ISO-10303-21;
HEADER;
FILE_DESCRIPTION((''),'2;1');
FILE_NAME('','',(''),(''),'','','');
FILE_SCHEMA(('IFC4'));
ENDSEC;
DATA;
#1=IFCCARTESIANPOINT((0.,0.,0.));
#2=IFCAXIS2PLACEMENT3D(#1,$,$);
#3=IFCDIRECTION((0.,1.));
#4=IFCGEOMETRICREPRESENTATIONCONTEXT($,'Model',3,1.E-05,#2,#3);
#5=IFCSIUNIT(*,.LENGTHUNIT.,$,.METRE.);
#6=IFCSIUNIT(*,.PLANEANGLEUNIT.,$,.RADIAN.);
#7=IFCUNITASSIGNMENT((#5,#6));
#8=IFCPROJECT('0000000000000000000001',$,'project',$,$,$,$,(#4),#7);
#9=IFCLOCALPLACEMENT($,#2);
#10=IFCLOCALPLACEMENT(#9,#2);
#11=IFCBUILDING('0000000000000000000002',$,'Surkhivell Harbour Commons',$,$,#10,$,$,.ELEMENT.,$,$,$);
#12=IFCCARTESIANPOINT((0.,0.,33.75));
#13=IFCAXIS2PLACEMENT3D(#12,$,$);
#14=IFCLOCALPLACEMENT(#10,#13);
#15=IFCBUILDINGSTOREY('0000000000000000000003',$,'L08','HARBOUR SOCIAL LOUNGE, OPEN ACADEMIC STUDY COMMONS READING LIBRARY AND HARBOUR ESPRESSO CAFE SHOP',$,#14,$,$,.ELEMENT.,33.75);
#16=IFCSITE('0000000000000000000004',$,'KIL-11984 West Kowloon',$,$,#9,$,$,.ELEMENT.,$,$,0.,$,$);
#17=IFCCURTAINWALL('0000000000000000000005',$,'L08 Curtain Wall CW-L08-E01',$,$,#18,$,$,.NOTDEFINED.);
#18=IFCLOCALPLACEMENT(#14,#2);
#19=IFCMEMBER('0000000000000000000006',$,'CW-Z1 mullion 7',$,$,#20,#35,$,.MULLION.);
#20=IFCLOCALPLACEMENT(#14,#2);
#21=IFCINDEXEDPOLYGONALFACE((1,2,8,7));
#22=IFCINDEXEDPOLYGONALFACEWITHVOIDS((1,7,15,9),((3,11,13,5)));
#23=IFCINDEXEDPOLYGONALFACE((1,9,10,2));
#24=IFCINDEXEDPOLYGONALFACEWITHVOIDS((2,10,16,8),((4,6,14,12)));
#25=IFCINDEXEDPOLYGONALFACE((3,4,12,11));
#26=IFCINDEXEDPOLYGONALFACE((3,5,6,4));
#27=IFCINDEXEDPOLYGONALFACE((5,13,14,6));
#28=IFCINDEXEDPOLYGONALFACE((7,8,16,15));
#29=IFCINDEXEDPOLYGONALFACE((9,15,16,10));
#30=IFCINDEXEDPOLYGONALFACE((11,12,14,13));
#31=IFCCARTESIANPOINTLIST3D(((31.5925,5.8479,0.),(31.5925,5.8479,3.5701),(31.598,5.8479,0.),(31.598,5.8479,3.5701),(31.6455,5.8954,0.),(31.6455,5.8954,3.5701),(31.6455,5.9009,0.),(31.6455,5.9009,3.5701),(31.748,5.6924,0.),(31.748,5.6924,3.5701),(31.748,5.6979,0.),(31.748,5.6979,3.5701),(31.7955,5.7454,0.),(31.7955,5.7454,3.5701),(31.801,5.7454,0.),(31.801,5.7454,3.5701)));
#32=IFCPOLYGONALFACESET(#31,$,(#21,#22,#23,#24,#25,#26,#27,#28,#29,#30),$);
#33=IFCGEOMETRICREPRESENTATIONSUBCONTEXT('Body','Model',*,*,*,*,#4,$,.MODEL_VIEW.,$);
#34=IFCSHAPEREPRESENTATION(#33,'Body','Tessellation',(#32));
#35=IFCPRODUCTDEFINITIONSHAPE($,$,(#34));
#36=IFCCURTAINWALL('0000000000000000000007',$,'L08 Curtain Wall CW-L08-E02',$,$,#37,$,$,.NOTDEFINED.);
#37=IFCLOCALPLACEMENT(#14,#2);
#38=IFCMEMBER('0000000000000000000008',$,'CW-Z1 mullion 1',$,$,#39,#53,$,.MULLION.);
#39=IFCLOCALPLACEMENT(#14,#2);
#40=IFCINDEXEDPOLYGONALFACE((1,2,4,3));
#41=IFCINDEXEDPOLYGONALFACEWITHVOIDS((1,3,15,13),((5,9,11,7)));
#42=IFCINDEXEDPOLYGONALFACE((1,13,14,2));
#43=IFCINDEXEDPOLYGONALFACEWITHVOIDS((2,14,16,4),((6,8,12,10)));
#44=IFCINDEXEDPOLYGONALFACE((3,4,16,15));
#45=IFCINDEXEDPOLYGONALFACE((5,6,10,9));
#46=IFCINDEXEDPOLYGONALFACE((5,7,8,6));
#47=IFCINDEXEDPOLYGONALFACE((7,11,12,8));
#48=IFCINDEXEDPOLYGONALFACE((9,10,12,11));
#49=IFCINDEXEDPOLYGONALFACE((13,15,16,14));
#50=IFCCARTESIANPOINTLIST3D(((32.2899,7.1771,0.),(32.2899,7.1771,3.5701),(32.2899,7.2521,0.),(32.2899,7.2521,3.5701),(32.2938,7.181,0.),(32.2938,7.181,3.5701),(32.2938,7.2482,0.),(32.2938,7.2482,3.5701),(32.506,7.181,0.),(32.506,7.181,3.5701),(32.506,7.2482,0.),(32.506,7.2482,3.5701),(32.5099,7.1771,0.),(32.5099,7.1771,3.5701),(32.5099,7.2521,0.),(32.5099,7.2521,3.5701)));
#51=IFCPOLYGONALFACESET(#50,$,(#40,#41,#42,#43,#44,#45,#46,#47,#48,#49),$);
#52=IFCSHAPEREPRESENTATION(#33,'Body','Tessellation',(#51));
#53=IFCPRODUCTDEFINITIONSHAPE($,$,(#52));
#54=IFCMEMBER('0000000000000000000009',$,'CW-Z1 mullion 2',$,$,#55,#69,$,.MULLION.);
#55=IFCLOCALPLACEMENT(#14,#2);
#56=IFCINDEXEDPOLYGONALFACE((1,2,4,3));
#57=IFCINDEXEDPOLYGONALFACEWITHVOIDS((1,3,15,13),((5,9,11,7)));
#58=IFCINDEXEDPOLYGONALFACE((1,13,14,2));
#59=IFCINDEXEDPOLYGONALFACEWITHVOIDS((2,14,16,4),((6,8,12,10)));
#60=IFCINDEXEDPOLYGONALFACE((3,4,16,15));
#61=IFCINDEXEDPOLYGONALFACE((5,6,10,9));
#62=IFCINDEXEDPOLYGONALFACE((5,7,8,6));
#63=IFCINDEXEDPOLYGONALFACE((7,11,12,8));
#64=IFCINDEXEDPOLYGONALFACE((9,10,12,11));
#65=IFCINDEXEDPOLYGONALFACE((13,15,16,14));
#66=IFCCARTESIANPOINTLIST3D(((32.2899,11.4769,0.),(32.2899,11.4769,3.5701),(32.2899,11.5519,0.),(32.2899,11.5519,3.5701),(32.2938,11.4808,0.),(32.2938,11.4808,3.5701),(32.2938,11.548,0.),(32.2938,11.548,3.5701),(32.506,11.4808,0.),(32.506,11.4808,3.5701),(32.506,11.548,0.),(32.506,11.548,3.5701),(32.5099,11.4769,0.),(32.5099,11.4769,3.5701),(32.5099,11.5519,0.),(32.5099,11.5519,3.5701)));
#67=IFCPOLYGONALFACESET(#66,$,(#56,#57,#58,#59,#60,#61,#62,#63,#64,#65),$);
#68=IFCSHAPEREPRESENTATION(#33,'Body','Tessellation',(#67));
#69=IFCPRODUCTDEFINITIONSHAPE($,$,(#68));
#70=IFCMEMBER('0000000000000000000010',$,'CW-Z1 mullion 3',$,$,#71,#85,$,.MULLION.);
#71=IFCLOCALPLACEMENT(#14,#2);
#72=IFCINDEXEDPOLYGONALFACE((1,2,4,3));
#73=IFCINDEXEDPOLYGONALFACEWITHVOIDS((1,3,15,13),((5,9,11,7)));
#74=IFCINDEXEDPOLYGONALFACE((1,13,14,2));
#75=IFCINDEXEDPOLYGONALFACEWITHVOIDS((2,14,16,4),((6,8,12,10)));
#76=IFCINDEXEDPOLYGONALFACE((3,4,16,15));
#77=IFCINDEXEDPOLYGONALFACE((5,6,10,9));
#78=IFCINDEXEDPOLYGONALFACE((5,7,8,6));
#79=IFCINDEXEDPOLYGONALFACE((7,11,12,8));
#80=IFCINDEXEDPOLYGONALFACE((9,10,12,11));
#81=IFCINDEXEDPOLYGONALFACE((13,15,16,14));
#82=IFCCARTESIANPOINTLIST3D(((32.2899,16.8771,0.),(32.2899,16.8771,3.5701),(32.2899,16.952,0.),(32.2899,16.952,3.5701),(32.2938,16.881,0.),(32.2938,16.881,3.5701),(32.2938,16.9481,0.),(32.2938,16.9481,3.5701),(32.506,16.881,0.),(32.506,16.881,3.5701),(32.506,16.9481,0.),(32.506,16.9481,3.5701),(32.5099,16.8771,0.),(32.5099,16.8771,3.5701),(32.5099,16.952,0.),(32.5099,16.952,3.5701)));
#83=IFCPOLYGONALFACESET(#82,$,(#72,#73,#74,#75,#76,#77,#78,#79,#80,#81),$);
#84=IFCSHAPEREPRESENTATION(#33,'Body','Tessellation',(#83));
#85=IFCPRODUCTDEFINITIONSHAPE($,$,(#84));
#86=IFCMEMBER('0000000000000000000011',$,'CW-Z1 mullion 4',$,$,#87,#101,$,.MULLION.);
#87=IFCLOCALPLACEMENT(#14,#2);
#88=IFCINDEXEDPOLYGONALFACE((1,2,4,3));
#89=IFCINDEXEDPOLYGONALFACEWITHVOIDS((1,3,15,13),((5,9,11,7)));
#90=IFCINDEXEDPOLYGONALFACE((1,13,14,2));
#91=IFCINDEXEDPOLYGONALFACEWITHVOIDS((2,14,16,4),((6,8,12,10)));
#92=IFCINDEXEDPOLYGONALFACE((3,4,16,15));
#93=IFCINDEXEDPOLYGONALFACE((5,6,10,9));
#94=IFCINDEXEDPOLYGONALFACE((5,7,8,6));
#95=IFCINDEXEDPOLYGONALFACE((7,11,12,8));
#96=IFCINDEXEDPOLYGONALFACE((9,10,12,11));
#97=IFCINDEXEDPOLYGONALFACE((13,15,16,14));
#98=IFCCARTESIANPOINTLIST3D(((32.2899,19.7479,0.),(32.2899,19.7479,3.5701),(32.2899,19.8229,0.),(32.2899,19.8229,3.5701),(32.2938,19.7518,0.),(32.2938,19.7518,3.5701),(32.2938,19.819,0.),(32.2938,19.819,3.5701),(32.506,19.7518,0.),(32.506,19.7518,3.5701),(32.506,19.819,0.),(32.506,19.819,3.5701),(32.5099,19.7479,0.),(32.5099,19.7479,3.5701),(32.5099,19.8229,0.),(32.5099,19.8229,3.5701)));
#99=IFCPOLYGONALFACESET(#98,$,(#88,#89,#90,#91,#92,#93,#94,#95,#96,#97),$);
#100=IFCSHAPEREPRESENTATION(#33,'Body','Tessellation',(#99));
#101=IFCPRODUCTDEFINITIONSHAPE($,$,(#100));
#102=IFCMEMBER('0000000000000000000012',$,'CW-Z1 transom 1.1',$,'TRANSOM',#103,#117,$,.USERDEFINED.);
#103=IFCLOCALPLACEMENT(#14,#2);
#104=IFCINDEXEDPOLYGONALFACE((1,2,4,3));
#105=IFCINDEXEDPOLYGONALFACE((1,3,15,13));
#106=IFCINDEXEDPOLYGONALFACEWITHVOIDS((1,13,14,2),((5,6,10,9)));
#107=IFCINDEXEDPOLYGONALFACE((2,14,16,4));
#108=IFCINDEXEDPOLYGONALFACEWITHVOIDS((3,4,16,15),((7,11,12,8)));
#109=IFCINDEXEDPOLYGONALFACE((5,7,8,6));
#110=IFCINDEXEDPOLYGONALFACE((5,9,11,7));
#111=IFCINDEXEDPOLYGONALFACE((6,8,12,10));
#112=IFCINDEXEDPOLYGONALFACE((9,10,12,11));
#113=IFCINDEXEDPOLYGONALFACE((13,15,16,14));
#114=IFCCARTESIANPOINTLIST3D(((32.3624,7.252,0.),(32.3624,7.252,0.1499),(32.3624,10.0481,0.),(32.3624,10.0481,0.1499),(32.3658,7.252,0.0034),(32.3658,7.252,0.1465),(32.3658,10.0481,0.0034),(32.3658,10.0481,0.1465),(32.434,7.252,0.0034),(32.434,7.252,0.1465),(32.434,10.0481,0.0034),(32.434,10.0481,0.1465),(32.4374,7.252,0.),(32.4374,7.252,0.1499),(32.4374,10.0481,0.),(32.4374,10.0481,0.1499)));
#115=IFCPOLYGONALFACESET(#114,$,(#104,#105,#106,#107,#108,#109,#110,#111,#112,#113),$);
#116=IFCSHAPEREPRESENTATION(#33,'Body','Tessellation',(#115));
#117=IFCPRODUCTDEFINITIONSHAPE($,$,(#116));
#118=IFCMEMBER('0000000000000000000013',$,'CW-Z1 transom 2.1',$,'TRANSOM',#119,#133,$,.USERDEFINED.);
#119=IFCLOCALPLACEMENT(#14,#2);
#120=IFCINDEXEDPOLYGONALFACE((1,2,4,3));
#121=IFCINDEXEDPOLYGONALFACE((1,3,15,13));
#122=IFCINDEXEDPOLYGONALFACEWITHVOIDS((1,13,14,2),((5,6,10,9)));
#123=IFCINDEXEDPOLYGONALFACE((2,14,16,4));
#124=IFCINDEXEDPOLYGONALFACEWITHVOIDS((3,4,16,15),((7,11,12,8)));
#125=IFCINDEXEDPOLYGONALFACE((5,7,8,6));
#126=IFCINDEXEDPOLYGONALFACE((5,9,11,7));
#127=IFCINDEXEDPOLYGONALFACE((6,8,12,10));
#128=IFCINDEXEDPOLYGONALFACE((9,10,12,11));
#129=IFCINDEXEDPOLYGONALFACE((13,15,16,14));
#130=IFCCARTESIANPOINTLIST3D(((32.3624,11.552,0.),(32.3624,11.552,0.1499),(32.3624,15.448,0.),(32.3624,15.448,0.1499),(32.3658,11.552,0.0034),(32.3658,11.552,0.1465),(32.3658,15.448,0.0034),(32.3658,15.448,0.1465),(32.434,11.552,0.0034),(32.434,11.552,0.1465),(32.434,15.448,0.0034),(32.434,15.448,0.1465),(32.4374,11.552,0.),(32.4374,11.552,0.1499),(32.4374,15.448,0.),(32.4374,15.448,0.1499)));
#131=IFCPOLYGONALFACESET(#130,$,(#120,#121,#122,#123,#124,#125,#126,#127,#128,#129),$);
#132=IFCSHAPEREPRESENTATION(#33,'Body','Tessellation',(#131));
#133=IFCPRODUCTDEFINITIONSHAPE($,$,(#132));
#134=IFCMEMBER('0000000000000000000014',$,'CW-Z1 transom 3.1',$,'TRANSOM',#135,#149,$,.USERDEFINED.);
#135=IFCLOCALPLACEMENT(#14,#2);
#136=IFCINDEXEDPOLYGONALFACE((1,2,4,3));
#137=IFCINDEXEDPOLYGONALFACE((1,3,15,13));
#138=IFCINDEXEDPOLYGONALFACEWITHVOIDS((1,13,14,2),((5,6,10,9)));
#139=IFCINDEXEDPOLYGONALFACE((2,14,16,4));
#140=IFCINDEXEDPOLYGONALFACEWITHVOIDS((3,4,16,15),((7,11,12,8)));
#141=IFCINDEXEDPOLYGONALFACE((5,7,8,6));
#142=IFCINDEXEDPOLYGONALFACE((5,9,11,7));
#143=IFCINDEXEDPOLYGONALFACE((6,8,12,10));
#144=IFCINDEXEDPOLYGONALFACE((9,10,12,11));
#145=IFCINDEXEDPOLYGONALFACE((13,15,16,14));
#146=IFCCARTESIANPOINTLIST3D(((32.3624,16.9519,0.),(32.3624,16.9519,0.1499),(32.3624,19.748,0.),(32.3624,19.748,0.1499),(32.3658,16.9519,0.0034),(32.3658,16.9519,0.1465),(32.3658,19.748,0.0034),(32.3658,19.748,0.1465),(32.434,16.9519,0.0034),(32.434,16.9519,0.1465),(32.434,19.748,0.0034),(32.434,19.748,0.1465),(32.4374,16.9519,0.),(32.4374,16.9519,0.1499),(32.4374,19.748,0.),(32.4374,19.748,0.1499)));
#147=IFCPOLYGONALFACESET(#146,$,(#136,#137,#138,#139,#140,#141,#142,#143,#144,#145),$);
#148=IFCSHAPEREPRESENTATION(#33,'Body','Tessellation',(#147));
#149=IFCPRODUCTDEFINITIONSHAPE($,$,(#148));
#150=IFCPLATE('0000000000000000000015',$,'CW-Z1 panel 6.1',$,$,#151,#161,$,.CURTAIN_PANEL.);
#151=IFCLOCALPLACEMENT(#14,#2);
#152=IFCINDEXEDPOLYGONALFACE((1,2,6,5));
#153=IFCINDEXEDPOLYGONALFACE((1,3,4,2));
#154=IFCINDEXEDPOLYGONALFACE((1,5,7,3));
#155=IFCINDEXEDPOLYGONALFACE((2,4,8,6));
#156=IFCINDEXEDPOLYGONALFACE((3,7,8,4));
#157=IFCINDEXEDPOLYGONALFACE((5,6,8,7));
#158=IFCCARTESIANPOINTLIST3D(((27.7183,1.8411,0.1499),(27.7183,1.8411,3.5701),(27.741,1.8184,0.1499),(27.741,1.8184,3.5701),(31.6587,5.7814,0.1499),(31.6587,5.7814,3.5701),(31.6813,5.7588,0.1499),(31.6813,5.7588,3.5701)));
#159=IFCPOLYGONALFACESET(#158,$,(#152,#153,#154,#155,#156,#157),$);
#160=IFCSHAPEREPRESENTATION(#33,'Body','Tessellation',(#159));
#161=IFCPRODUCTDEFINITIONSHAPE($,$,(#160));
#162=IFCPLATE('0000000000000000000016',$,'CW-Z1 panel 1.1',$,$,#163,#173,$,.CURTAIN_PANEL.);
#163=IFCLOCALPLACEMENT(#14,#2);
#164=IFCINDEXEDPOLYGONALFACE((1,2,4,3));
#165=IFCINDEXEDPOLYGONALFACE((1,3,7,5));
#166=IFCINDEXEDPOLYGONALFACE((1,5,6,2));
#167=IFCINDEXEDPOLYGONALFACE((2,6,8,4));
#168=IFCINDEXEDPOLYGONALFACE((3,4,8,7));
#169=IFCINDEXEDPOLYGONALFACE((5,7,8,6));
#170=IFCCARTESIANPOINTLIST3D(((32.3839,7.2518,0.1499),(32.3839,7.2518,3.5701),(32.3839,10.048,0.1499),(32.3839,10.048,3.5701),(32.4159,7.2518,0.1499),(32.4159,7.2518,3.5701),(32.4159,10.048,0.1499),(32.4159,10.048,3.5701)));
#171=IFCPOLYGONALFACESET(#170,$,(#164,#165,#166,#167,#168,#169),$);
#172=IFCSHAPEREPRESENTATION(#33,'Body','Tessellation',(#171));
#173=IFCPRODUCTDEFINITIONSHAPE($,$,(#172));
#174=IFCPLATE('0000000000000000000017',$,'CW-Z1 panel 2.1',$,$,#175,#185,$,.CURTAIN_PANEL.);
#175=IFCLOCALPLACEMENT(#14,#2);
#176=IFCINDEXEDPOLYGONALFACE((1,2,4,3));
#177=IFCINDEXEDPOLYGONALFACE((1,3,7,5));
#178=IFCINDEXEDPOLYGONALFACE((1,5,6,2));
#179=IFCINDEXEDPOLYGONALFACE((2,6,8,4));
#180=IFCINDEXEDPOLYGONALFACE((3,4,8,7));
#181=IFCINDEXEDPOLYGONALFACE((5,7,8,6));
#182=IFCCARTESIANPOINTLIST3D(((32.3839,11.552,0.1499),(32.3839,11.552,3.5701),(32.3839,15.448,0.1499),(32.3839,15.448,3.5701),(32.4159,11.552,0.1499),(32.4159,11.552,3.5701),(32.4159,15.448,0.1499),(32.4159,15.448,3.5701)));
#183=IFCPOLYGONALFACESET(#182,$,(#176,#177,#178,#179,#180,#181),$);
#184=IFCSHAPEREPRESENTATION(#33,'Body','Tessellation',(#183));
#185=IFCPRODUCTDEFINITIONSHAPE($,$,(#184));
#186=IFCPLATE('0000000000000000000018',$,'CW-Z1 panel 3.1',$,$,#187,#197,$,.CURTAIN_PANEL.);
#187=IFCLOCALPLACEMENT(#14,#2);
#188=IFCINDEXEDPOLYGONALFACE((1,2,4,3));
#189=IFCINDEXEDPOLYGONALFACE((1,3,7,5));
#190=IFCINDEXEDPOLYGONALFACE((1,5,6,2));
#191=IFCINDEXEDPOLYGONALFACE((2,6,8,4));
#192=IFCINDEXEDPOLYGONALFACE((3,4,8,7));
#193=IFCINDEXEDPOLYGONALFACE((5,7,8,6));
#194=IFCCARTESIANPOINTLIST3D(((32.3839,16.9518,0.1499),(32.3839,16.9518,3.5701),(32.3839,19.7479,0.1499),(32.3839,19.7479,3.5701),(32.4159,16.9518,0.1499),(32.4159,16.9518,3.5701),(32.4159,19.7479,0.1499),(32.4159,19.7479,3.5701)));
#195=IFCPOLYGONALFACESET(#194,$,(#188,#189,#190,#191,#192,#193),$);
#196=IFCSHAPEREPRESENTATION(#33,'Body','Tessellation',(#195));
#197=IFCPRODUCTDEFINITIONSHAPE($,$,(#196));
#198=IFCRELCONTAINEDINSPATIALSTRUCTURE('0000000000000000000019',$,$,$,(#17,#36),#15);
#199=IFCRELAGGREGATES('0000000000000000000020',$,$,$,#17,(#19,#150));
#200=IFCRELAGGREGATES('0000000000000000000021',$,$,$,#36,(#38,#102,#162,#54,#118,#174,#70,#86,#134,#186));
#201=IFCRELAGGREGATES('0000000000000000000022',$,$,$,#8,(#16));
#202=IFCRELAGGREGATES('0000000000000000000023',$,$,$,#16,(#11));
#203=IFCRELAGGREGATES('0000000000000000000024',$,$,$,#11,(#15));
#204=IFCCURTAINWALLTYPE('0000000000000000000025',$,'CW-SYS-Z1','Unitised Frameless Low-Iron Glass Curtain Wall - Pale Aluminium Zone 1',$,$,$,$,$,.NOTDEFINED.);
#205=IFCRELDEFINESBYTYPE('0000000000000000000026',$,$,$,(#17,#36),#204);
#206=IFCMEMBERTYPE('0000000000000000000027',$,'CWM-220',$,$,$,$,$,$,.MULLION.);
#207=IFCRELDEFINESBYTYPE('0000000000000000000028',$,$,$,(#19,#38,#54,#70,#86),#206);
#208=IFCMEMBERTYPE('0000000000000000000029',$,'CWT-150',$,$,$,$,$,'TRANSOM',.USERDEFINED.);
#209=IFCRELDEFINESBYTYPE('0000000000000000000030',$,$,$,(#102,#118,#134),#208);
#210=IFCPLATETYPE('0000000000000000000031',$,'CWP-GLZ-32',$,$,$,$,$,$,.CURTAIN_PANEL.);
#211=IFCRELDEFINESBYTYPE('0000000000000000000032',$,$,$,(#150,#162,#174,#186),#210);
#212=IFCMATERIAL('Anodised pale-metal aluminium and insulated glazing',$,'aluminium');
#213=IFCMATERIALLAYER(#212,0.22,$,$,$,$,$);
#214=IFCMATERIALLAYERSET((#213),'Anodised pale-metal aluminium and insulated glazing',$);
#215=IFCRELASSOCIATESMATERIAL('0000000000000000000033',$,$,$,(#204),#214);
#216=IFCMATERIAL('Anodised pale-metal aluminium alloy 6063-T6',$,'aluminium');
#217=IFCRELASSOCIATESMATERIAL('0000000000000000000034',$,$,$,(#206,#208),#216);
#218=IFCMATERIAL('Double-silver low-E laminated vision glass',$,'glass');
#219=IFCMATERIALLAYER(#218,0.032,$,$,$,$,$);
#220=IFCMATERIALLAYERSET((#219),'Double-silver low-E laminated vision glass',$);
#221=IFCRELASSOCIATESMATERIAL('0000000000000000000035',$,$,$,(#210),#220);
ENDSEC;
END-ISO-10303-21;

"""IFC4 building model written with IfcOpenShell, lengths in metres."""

from ifc_helpers import new_model, si_unit, direction, frame, frame_2d, origin, origin_2d, place, context, subcontext, project, spatial, rectangle, hollow_rectangle, extrude, material, layer, layer_set, material_profile, profile_set, type_object, element, aggregate, save


model = new_model("IFC4")

# Units and contexts
model_context = context("Model", 3, precision=1e-05, world=origin(), true_north=direction((0.0, 1.0)))
body_context = subcontext(model_context, "Body", "Model", "MODEL_VIEW")
ifc_project = project(units=[si_unit("LENGTHUNIT", "METRE"), si_unit("PLANEANGLEUNIT", "RADIAN")], contexts=[model_context])

# Site, building, storey
site_placement = place(None, origin())
site = spatial("IfcSite", under=ifc_project, at=site_placement, Name="KIL-11984 West Kowloon", CompositionType="ELEMENT", RefElevation=0.0)
building_placement = place(site_placement, origin())
building = spatial("IfcBuilding", under=site, at=building_placement, Name="Surkhivell Harbour Commons", CompositionType="ELEMENT")
storey_placement = place(building_placement, frame((0.0, 0.0, 33.75)))
storey = spatial("IfcBuildingStorey", under=building, at=storey_placement, Name="L08", Description="HARBOUR SOCIAL LOUNGE, OPEN ACADEMIC STUDY COMMONS READING LIBRARY AND HARBOUR ESPRESSO CAFE SHOP", CompositionType="ELEMENT", Elevation=33.75)

# Curtain wall, member
ifc_material_1 = material(Name="Anodised pale-metal aluminium and insulated glazing", Category="aluminium")
ifc_layer_1 = layer(ifc_material_1, 0.22)
ifc_layer_set_1 = layer_set([ifc_layer_1], Name="Anodised pale-metal aluminium and insulated glazing")
curtain_wall_type = type_object("IfcCurtainWallType", Name="CW-SYS-Z1", Description="Unitised Frameless Low-Iron Glass Curtain Wall - Pale Aluminium Zone 1", PredefinedType="NOTDEFINED", material=ifc_layer_set_1)
curtain_wall_1_placement = place(storey_placement, origin())
curtain_wall_1 = element("IfcCurtainWall", 1, at=curtain_wall_1_placement, inside=storey, type_object=curtain_wall_type, Name="L08 Curtain Wall CW-L08-E01", PredefinedType="NOTDEFINED")
ifc_material_2 = material(Name="Anodised pale-metal aluminium alloy 6063-T6", Category="aluminium")
ifc_material_profile_1 = material_profile(ifc_material_2, hollow_rectangle(XDim=0.075, YDim=0.22, WallThickness=0.0039, at=origin_2d()), Name="ALU-MULL-75x220")
ifc_profile_set_1 = profile_set([ifc_material_profile_1], Name="Anodised pale-metal aluminium alloy 6063-T6")
member_type_1 = type_object("IfcMemberType", Name="CWM-220", PredefinedType="MULLION", material=ifc_profile_set_1)
member_1_placement = place(storey_placement, frame((31.6968, 5.7966, 0.0), z_axis=(0.0, 0.0, 1.0), x_axis=(0.707107, 0.707107, 0.0)))
member_1 = element("IfcMember", 2, at=member_1_placement, type_object=member_type_1, Name="CW-Z1 mullion 7", PredefinedType="MULLION", context=body_context, shape_type="SweptSolid", body=[
    extrude(hollow_rectangle(XDim=0.075, YDim=0.22, WallThickness=0.0039, at=origin_2d()), origin(), (0.0, 0.0, 1.0), 3.5701),
])

# Curtain wall, members
curtain_wall_2_placement = place(storey_placement, origin())
curtain_wall_2 = element("IfcCurtainWall", 3, at=curtain_wall_2_placement, inside=storey, type_object=curtain_wall_type, Name="L08 Curtain Wall CW-L08-E02", PredefinedType="NOTDEFINED")
member_2_placement = place(storey_placement, frame((32.3999, 7.2146, 0.0), z_axis=(0.0, 0.0, 1.0), x_axis=(0.0, 1.0, 0.0)))
member_2 = element("IfcMember", 4, at=member_2_placement, type_object=member_type_1, Name="CW-Z1 mullion 1", PredefinedType="MULLION", context=body_context, shape_type="SweptSolid", body=[
    extrude(hollow_rectangle(XDim=0.075, YDim=0.22, WallThickness=0.0039, at=origin_2d()), origin(), (0.0, 0.0, 1.0), 3.5701),
])
member_3_placement = place(storey_placement, frame((32.3999, 11.5144, 0.0), z_axis=(0.0, 0.0, 1.0), x_axis=(0.0, 1.0, 0.0)))
member_3 = element("IfcMember", 5, at=member_3_placement, type_object=member_type_1, Name="CW-Z1 mullion 2", PredefinedType="MULLION", context=body_context, shape_type="SweptSolid", body=[
    extrude(hollow_rectangle(XDim=0.075, YDim=0.22, WallThickness=0.0039, at=origin_2d()), origin(), (0.0, 0.0, 1.0), 3.5701),
])
member_4_placement = place(storey_placement, frame((32.3999, 16.9146, 0.0), z_axis=(0.0, 0.0, 1.0), x_axis=(0.0, 1.0, 0.0)))
member_4 = element("IfcMember", 6, at=member_4_placement, type_object=member_type_1, Name="CW-Z1 mullion 3", PredefinedType="MULLION", context=body_context, shape_type="SweptSolid", body=[
    extrude(hollow_rectangle(XDim=0.075, YDim=0.22, WallThickness=0.0039, at=origin_2d()), origin(), (0.0, 0.0, 1.0), 3.5701),
])
member_5_placement = place(storey_placement, frame((32.3999, 19.7854, 0.0), z_axis=(0.0, 0.0, 1.0), x_axis=(0.0, 1.0, 0.0)))
member_5 = element("IfcMember", 7, at=member_5_placement, type_object=member_type_1, Name="CW-Z1 mullion 4", PredefinedType="MULLION", context=body_context, shape_type="SweptSolid", body=[
    extrude(hollow_rectangle(XDim=0.075, YDim=0.22, WallThickness=0.0039, at=origin_2d()), origin(), (0.0, 0.0, 1.0), 3.5701),
])
ifc_material_profile_2 = material_profile(ifc_material_2, hollow_rectangle(XDim=0.075, YDim=0.1499, WallThickness=0.0034, at=origin_2d()), Name="ALU-TRAN-75x150")
ifc_profile_set_2 = profile_set([ifc_material_profile_2], Name="Anodised pale-metal aluminium alloy 6063-T6")
member_type_2 = type_object("IfcMemberType", Name="CWT-150", ElementType="TRANSOM", PredefinedType="USERDEFINED", material=ifc_profile_set_2)
member_6_placement = place(storey_placement, frame((32.3999, 7.252, 0.075), z_axis=(0.0, 1.0, 0.0), x_axis=(-1.0, 0.0, 0.0)))
member_6 = element("IfcMember", 8, at=member_6_placement, type_object=member_type_2, Name="CW-Z1 transom 1.1", ObjectType="TRANSOM", PredefinedType="USERDEFINED", context=body_context, shape_type="SweptSolid", body=[
    extrude(hollow_rectangle(XDim=0.075, YDim=0.1499, WallThickness=0.0034, at=origin_2d()), origin(), (0.0, 0.0, 1.0), 2.7961),
])
member_7_placement = place(storey_placement, frame((32.3999, 11.552, 0.075), z_axis=(0.0, 1.0, 0.0), x_axis=(-1.0, 0.0, 0.0)))
member_7 = element("IfcMember", 9, at=member_7_placement, type_object=member_type_2, Name="CW-Z1 transom 2.1", ObjectType="TRANSOM", PredefinedType="USERDEFINED", context=body_context, shape_type="SweptSolid", body=[
    extrude(hollow_rectangle(XDim=0.075, YDim=0.1499, WallThickness=0.0034, at=origin_2d()), origin(), (0.0, 0.0, 1.0), 3.896),
])
member_8_placement = place(storey_placement, frame((32.3999, 16.9519, 0.075), z_axis=(0.0, 1.0, 0.0), x_axis=(-1.0, 0.0, 0.0)))
member_8 = element("IfcMember", 10, at=member_8_placement, type_object=member_type_2, Name="CW-Z1 transom 3.1", ObjectType="TRANSOM", PredefinedType="USERDEFINED", context=body_context, shape_type="SweptSolid", body=[
    extrude(hollow_rectangle(XDim=0.075, YDim=0.1499, WallThickness=0.0034, at=origin_2d()), origin(), (0.0, 0.0, 1.0), 2.7961),
])

# Plates
ifc_material_3 = material(Name="Double-silver low-E laminated vision glass", Category="glass")
ifc_layer_2 = layer(ifc_material_3, 0.032)
ifc_layer_set_2 = layer_set([ifc_layer_2], Name="Double-silver low-E laminated vision glass")
plate_type = type_object("IfcPlateType", Name="CWP-GLZ-32", PredefinedType="CURTAIN_PANEL", material=ifc_layer_set_2)
plate_1_placement = place(storey_placement, frame((27.7297, 1.8298, 0.1499), z_axis=(0.0, 0.0, 1.0), x_axis=(0.707107, 0.707107, 0.0)))
plate_1 = element("IfcPlate", 11, at=plate_1_placement, type_object=plate_type, Name="CW-Z1 panel 6.1", PredefinedType="CURTAIN_PANEL", context=body_context, shape_type="SweptSolid", body=[
    extrude(rectangle(XDim=5.5725, YDim=0.032, at=frame_2d((2.7861, 0.0))), origin(), (0.0, 0.0, 1.0), 3.4202),
])
aggregate(curtain_wall_1, [member_1, plate_1])
plate_2_placement = place(storey_placement, frame((32.3999, 7.252, 0.1499), z_axis=(0.0, 0.0, 1.0), x_axis=(0.0, 1.0, 0.0)))
plate_2 = element("IfcPlate", 12, at=plate_2_placement, type_object=plate_type, Name="CW-Z1 panel 1.1", PredefinedType="CURTAIN_PANEL", context=body_context, shape_type="SweptSolid", body=[
    extrude(rectangle(XDim=2.7961, YDim=0.032, at=frame_2d((1.3979, 0.0))), origin(), (0.0, 0.0, 1.0), 3.4202),
])
plate_3_placement = place(storey_placement, frame((32.3999, 11.552, 0.1499), z_axis=(0.0, 0.0, 1.0), x_axis=(0.0, 1.0, 0.0)))
plate_3 = element("IfcPlate", 13, at=plate_3_placement, type_object=plate_type, Name="CW-Z1 panel 2.1", PredefinedType="CURTAIN_PANEL", context=body_context, shape_type="SweptSolid", body=[
    extrude(rectangle(XDim=3.896, YDim=0.032, at=frame_2d((1.948, 0.0))), origin(), (0.0, 0.0, 1.0), 3.4202),
])
plate_4_placement = place(storey_placement, frame((32.3999, 16.9519, 0.1499), z_axis=(0.0, 0.0, 1.0), x_axis=(0.0, 1.0, 0.0)))
plate_4 = element("IfcPlate", 14, at=plate_4_placement, type_object=plate_type, Name="CW-Z1 panel 3.1", PredefinedType="CURTAIN_PANEL", context=body_context, shape_type="SweptSolid", body=[
    extrude(rectangle(XDim=2.7961, YDim=0.032, at=frame_2d((1.3979, 0.0))), origin(), (0.0, 0.0, 1.0), 3.4202),
])
aggregate(curtain_wall_2, [member_2, member_6, plate_2, member_3, member_7, plate_3, member_4, member_5, member_8, plate_4])

save(model, "model.ifc")
